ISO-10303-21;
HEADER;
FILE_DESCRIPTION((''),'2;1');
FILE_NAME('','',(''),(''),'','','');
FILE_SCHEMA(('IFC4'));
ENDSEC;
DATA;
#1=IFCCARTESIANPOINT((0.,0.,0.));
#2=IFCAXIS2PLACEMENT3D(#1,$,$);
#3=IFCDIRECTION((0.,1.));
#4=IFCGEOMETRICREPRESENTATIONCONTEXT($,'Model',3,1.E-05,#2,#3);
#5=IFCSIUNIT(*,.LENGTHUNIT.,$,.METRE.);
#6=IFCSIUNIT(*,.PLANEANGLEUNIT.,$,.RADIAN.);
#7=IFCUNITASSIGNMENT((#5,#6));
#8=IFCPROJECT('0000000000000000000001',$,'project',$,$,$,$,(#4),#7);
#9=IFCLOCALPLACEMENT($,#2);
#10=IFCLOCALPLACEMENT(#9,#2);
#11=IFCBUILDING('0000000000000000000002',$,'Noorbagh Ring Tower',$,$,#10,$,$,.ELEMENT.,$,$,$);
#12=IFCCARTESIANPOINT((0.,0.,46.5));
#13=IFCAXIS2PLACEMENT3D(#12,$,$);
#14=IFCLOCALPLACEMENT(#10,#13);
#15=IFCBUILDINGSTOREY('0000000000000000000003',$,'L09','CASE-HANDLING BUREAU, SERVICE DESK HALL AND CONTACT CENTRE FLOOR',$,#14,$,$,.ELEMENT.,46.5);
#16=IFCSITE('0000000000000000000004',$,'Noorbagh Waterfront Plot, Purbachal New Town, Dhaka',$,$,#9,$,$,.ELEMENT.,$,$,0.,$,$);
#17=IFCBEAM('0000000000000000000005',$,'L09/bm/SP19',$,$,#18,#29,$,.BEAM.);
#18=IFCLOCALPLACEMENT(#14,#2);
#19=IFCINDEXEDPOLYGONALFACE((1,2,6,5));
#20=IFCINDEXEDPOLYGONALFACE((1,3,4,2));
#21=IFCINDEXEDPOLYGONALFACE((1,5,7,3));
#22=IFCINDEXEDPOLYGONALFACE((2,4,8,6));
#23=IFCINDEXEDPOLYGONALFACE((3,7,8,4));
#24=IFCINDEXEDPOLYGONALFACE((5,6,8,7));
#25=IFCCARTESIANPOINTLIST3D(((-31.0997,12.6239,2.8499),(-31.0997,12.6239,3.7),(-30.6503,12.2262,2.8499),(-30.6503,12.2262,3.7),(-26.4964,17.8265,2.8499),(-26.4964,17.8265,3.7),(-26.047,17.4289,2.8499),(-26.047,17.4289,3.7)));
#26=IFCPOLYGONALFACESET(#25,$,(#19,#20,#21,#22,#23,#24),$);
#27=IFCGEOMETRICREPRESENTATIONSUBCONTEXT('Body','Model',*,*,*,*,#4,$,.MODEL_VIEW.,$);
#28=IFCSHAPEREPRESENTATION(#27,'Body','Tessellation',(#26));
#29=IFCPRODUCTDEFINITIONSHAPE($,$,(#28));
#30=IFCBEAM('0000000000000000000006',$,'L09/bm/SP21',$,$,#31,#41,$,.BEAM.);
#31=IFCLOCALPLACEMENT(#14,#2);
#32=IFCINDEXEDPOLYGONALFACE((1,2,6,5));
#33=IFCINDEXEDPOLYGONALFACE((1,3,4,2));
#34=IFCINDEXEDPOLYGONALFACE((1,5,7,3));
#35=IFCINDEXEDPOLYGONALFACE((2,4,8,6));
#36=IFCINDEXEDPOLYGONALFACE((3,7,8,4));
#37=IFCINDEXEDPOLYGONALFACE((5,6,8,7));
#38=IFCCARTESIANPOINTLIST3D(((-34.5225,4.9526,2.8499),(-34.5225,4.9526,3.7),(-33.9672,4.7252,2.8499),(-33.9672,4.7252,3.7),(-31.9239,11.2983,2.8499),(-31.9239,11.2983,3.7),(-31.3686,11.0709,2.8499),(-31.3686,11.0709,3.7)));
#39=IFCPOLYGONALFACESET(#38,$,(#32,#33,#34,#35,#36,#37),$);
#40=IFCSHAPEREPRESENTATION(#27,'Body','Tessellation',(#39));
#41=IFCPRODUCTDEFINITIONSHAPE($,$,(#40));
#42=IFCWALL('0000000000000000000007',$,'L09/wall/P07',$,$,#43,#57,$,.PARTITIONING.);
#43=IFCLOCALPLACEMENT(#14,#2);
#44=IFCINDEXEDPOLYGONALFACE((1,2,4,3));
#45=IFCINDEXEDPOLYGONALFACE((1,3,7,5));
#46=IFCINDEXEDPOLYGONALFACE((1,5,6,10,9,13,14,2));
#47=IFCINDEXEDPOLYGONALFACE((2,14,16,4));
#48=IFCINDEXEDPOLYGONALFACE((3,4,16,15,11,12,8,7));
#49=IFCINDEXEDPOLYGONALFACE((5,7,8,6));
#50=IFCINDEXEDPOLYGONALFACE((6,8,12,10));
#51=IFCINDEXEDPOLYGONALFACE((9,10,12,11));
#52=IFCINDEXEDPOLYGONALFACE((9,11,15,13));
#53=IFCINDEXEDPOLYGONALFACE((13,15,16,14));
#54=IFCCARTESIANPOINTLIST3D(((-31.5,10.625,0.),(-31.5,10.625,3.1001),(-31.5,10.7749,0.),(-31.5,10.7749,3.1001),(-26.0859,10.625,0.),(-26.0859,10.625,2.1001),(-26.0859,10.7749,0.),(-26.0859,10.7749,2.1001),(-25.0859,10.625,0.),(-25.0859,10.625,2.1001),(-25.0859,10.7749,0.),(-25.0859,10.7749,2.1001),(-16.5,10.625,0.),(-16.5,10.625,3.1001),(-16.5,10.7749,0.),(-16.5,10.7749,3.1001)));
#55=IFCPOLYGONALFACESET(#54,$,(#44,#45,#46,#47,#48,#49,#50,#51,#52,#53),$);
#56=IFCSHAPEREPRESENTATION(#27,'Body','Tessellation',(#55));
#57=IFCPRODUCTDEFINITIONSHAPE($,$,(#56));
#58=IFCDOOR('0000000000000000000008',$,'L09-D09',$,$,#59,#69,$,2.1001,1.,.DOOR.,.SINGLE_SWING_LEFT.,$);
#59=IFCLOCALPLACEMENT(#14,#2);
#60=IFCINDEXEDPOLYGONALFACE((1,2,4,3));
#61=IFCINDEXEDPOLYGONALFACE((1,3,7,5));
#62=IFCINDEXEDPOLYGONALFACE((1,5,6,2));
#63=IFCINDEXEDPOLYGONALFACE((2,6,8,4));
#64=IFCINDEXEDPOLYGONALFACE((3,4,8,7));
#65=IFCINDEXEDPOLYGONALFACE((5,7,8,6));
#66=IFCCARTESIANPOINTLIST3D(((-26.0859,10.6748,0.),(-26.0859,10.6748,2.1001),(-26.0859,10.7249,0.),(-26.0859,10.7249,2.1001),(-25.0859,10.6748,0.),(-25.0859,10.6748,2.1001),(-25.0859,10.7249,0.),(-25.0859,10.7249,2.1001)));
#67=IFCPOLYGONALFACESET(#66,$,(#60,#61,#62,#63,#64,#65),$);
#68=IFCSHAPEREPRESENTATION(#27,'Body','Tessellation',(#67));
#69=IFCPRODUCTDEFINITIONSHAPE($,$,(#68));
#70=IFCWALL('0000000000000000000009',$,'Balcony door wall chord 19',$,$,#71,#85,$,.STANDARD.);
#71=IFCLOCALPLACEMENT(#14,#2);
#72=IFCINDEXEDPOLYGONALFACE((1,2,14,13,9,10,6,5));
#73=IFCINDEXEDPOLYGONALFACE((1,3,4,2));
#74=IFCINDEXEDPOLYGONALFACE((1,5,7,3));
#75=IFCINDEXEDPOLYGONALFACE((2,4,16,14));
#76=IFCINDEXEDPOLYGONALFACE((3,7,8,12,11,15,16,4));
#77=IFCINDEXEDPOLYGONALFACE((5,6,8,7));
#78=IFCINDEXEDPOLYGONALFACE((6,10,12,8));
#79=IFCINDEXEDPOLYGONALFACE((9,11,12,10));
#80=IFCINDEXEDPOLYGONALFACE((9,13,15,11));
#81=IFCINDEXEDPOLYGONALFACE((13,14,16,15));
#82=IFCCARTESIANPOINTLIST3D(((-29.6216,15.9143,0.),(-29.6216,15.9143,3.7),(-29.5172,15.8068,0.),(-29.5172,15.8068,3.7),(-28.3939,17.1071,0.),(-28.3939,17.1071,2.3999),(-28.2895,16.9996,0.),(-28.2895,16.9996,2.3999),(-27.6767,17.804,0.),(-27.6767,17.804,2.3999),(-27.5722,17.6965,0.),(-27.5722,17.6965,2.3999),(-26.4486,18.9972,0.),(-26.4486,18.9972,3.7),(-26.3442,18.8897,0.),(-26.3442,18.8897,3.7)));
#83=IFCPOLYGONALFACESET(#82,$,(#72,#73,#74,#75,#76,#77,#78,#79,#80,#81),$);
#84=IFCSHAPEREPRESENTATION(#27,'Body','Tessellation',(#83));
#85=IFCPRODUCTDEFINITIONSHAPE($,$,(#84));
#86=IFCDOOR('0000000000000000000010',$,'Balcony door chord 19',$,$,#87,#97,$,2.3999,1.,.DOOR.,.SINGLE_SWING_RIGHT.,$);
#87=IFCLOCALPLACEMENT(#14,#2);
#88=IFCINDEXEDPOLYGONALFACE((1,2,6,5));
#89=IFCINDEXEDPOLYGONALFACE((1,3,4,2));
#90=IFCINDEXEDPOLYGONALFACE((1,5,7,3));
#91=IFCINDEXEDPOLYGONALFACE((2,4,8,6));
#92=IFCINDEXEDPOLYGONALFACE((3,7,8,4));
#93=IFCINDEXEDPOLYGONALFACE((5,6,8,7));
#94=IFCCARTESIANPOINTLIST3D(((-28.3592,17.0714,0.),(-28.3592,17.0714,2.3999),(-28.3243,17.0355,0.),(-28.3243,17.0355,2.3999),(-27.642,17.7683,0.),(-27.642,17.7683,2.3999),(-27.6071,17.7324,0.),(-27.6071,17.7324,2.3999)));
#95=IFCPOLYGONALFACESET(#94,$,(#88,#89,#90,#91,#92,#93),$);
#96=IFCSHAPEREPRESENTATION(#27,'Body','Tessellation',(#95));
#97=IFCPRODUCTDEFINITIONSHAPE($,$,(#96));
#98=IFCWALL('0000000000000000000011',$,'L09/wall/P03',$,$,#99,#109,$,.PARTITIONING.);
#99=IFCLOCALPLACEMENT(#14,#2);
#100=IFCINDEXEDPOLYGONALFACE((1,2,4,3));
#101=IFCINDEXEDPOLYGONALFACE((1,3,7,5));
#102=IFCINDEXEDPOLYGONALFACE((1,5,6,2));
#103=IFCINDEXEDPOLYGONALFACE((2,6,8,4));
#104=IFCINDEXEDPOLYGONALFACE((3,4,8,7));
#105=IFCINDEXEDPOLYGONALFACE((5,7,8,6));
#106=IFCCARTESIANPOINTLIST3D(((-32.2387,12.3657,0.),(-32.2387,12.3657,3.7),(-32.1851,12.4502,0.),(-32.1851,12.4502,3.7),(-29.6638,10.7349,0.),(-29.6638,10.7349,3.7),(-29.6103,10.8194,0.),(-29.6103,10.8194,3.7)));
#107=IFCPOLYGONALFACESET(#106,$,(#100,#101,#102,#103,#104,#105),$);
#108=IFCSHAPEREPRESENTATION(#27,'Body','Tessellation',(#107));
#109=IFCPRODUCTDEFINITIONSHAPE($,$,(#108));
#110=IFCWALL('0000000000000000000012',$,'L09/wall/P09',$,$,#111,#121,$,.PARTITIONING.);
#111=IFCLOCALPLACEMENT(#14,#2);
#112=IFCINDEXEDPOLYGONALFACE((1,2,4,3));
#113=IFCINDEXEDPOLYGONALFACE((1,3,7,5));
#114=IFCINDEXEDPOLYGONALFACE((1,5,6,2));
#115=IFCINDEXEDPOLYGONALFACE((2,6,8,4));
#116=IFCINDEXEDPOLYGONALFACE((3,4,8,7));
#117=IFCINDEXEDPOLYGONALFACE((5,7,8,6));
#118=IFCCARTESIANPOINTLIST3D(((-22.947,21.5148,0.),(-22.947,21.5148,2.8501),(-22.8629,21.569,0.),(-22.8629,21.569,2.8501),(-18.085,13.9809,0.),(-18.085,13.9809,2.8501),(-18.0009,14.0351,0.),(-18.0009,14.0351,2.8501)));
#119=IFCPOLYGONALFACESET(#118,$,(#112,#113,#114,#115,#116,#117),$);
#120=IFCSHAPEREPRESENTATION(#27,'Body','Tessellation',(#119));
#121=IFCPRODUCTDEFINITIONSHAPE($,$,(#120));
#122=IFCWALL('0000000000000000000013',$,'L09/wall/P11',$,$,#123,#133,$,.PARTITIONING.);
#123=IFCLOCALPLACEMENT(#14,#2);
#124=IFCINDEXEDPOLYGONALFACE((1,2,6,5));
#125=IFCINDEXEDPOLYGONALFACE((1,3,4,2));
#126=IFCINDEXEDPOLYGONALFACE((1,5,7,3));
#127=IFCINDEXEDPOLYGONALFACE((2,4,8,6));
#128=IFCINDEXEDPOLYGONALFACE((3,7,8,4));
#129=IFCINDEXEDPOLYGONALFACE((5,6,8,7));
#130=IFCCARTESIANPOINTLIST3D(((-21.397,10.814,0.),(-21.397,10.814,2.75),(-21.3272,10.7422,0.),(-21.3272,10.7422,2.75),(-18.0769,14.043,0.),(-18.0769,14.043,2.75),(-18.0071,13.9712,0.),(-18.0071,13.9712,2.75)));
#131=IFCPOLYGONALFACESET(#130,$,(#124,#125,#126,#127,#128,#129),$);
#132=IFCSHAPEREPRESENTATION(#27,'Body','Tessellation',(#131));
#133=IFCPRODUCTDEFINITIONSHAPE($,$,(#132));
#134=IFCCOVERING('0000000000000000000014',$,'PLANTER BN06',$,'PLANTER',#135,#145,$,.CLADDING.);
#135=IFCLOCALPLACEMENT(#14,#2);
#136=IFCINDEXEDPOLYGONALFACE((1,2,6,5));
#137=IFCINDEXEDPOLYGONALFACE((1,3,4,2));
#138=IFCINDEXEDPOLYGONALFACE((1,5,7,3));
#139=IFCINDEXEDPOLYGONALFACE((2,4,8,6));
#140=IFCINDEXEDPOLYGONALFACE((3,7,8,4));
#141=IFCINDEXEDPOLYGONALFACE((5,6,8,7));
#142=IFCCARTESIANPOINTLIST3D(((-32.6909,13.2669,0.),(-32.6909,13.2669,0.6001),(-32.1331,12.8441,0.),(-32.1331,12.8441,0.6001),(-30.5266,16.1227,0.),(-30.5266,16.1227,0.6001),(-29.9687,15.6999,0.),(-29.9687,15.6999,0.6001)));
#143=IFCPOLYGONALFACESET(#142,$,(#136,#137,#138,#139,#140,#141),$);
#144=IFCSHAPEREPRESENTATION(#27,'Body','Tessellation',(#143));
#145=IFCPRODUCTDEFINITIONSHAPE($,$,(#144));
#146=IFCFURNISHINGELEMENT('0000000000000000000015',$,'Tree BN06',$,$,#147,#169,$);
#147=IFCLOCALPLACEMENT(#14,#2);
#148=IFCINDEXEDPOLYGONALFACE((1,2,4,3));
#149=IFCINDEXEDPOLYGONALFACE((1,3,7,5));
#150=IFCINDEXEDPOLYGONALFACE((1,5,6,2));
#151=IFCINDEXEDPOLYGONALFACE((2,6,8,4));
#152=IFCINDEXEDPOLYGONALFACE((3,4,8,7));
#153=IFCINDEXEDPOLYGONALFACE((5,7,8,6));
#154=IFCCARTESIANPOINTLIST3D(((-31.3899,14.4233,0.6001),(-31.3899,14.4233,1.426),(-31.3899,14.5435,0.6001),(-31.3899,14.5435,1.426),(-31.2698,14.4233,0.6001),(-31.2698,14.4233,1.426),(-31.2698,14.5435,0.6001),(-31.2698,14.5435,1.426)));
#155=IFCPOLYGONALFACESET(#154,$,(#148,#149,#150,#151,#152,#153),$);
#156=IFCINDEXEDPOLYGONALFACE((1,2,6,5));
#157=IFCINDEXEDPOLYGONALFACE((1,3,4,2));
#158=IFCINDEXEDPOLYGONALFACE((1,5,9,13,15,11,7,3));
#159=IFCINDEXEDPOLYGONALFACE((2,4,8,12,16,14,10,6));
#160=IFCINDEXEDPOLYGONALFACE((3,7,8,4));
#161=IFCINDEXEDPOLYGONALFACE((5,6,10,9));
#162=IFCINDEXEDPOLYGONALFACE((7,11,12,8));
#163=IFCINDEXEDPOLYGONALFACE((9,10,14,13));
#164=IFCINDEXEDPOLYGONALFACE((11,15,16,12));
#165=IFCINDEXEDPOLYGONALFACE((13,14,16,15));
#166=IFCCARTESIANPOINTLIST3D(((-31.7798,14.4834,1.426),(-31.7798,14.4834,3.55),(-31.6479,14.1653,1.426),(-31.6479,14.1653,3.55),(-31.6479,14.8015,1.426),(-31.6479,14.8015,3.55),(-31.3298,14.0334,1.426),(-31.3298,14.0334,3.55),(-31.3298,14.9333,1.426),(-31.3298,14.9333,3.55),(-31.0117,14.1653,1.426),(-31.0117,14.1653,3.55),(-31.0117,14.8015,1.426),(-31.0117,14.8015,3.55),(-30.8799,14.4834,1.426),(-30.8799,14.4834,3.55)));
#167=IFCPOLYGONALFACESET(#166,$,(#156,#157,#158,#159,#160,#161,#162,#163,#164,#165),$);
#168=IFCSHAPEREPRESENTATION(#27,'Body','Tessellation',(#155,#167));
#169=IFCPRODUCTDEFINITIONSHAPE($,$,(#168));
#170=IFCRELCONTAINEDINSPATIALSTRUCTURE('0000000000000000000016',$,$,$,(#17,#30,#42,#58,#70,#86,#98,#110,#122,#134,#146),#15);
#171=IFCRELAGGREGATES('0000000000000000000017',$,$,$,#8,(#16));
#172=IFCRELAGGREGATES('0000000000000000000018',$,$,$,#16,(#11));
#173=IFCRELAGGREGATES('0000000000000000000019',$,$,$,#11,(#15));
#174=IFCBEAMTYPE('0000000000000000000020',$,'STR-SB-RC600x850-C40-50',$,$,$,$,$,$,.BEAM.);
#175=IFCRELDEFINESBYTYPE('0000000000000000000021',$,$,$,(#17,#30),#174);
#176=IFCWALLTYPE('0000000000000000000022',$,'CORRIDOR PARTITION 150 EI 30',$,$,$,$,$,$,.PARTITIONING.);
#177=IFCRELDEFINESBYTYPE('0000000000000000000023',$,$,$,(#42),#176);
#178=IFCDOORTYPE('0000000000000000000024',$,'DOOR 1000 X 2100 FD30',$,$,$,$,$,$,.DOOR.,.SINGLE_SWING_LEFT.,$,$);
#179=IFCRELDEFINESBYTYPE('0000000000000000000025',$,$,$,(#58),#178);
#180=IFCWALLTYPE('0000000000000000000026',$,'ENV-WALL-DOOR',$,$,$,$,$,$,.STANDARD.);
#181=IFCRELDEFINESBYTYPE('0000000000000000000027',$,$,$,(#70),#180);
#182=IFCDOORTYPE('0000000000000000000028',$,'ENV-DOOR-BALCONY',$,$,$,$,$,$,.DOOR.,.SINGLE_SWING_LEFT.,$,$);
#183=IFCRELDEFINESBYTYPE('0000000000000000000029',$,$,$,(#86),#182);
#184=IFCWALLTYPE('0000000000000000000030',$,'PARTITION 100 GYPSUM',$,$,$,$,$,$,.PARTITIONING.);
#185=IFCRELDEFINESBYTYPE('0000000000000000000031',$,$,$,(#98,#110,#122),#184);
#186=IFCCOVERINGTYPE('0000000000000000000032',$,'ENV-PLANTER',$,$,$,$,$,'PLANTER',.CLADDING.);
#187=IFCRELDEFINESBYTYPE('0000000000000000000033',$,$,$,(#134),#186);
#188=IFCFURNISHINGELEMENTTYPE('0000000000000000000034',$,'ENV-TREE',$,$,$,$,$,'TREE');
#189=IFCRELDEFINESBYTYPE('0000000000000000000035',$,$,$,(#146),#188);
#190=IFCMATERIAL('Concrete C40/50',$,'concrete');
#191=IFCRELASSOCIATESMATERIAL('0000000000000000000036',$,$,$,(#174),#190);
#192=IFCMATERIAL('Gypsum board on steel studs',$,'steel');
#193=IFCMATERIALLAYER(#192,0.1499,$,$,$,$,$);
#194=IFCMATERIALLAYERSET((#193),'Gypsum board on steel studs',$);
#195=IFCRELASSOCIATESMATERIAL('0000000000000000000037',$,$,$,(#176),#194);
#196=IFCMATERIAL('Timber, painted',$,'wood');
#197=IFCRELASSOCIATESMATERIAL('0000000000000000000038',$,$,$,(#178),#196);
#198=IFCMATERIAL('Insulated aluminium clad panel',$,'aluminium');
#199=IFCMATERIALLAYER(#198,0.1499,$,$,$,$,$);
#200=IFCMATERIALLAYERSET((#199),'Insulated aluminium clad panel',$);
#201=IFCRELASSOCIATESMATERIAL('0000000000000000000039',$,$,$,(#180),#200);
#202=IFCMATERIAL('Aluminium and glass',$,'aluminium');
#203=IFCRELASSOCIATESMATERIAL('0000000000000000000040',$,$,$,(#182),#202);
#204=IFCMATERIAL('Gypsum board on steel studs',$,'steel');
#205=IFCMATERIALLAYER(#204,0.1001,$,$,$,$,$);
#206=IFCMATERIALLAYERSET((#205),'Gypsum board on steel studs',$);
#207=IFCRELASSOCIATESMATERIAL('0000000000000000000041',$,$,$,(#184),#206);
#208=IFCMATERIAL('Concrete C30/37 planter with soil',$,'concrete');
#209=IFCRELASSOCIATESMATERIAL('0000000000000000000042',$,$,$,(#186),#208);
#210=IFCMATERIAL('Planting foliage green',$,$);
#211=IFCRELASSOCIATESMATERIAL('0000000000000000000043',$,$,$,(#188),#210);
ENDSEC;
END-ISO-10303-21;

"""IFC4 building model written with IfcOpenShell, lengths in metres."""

from ifc_helpers import new_model, si_unit, direction, frame, frame_2d, origin, origin_2d, place, context, subcontext, project, spatial, polyline, rectangle, outline, extrude, material, layer, layer_set, material_profile, profile_set, type_object, element, fill, save


model = new_model("IFC4")

# Units and contexts
model_context = context("Model", 3, precision=1e-05, world=origin(), true_north=direction((0.0, 1.0)))
body_context = subcontext(model_context, "Body", "Model", "MODEL_VIEW")
ifc_project = project(units=[si_unit("LENGTHUNIT", "METRE"), si_unit("PLANEANGLEUNIT", "RADIAN")], contexts=[model_context])

# Site, building, storey
site_placement = place(None, origin())
site = spatial("IfcSite", under=ifc_project, at=site_placement, Name="Noorbagh Waterfront Plot, Purbachal New Town, Dhaka", CompositionType="ELEMENT", RefElevation=0.0)
building_placement = place(site_placement, origin())
building = spatial("IfcBuilding", under=site, at=building_placement, Name="Noorbagh Ring Tower", CompositionType="ELEMENT")
storey_placement = place(building_placement, frame((0.0, 0.0, 46.5)))
storey = spatial("IfcBuildingStorey", under=building, at=storey_placement, Name="L09", Description="CASE-HANDLING BUREAU, SERVICE DESK HALL AND CONTACT CENTRE FLOOR", CompositionType="ELEMENT", Elevation=46.5)

# Beams
ifc_material_1 = material(Name="Concrete C40/50", Category="concrete")
ifc_material_profile_1 = material_profile(ifc_material_1, rectangle(XDim=0.6001, YDim=0.8501, at=origin_2d()), Name="RC600x850")
ifc_profile_set_1 = profile_set([ifc_material_profile_1], Name="Concrete C40/50")
beam_type_1 = type_object("IfcBeamType", Name="STR-SB-RC600x850-C40-50", PredefinedType="BEAM", material=ifc_profile_set_1)
beam_1_placement = place(storey_placement, frame((-26.2717, 17.6277, 3.2749), z_axis=(-0.66265, -0.748929, 0.0), x_axis=(0.748929, -0.66265, 0.0)))
element("IfcBeam", 1, at=beam_1_placement, inside=storey, type_object=beam_type_1, Name="L09/bm/SP19", PredefinedType="BEAM", context=body_context, shape_type="SweptSolid", body=[
    extrude(rectangle(XDim=0.6001, YDim=0.8501, at=origin_2d()), origin(), (0.0, 0.0, 1.0), 6.9468),
])
beam_2_placement = place(storey_placement, frame((-31.6462, 11.1846, 3.2749), z_axis=(-0.378966, -0.925411, 0.0), x_axis=(0.925411, -0.378966, 0.0)))
element("IfcBeam", 2, at=beam_2_placement, inside=storey, type_object=beam_type_1, Name="L09/bm/SP21", PredefinedType="BEAM", context=body_context, shape_type="SweptSolid", body=[
    extrude(rectangle(XDim=0.6001, YDim=0.8501, at=origin_2d()), origin(), (0.0, 0.0, 1.0), 6.8572),
])

# Walls, openings, doors
ifc_material_2 = material(Name="Gypsum board on steel studs", Category="steel")
ifc_layer_1 = layer(ifc_material_2, 0.1499)
ifc_layer_set_1 = layer_set([ifc_layer_1], Name="Gypsum board on steel studs")
wall_type_1 = type_object("IfcWallType", Name="CORRIDOR PARTITION 150 EI 30", PredefinedType="PARTITIONING", material=ifc_layer_set_1)
wall_1_placement = place(storey_placement, frame((-31.5, 10.7, 0.0), z_axis=(0.0, 0.0, 1.0), x_axis=(1.0, 0.0, 0.0)))
wall_1 = element("IfcWall", 3, at=wall_1_placement, inside=storey, type_object=wall_type_1, Name="L09/wall/P07", PredefinedType="PARTITIONING", context=body_context, shape_type="SweptSolid", body=[
    extrude(rectangle(XDim=15.0, YDim=0.1499, at=frame_2d((7.5, 0.0))), origin(), (0.0, 0.0, 1.0), 3.1001),
])
opening_1_placement = place(wall_1_placement, frame((5.4141, 0.0, 0.0)))
opening_1 = element("IfcOpeningElement", 4, at=opening_1_placement, cuts=wall_1, PredefinedType="OPENING", context=body_context, shape_type="SweptSolid", body=[
    extrude(rectangle(XDim=1.0, YDim=2.1001, at=frame_2d((0.5, 1.05))), frame((0.0, 0.085, 0.0), z_axis=(0.0, -1.0, 0.0), x_axis=(1.0, 0.0, 0.0)), (0.0, 0.0, 1.0), 0.1699),
])
ifc_material_3 = material(Name="Timber, painted", Category="wood")
door_type_1 = type_object("IfcDoorType", Name="DOOR 1000 X 2100 FD30", OperationType="SINGLE_SWING_LEFT", PredefinedType="DOOR", material=ifc_material_3)
door_1_placement = place(opening_1_placement, origin())
door_1 = element("IfcDoor", 5, at=door_1_placement, inside=storey, type_object=door_type_1, Name="L09-D09", OperationType="SINGLE_SWING_LEFT", OverallHeight=2.1001, OverallWidth=1.0, PredefinedType="DOOR", context=body_context, shape_type="SweptSolid", body=[
    extrude(rectangle(XDim=1.0, YDim=2.1001, at=frame_2d((0.5, 1.05))), frame((0.0, 0.0249, 0.0), z_axis=(0.0, -1.0, 0.0), x_axis=(1.0, 0.0, 0.0)), (0.0, 0.0, 1.0), 0.05),
])
fill(opening_1, door_1)
ifc_material_4 = material(Name="Insulated aluminium clad panel", Category="aluminium")
ifc_layer_2 = layer(ifc_material_4, 0.1499)
ifc_layer_set_2 = layer_set([ifc_layer_2], Name="Insulated aluminium clad panel")
wall_type_2 = type_object("IfcWallType", Name="ENV-WALL-DOOR", PredefinedType="STANDARD", material=ifc_layer_set_2)
wall_2_placement = place(storey_placement, frame((-26.3965, 18.9434, 0.0), z_axis=(0.0, 0.0, 1.0), x_axis=(-0.717215, -0.696852, 0.0)))
wall_2 = element("IfcWall", 6, at=wall_2_placement, inside=storey, type_object=wall_type_2, Name="Balcony door wall chord 19", PredefinedType="STANDARD", context=body_context, shape_type="SweptSolid", body=[
    extrude(rectangle(XDim=4.4241, YDim=0.1499, at=frame_2d((2.2119, 0.0))), origin(), (0.0, 0.0, 1.0), 3.7),
])
opening_2_placement = place(wall_2_placement, frame((1.7122, 0.0, 0.0)))
opening_2 = element("IfcOpeningElement", 7, at=opening_2_placement, cuts=wall_2, PredefinedType="OPENING", context=body_context, shape_type="SweptSolid", body=[
    extrude(rectangle(XDim=1.0, YDim=2.3999, at=frame_2d((0.5, 1.2))), frame((0.0, 0.085, 0.0), z_axis=(0.0, -1.0, 0.0), x_axis=(1.0, 0.0, 0.0)), (0.0, 0.0, 1.0), 0.1699),
])
ifc_material_5 = material(Name="Aluminium and glass", Category="aluminium")
door_type_2 = type_object("IfcDoorType", Name="ENV-DOOR-BALCONY", OperationType="SINGLE_SWING_LEFT", PredefinedType="DOOR", material=ifc_material_5)
door_2_placement = place(opening_2_placement, origin())
door_2 = element("IfcDoor", 8, at=door_2_placement, inside=storey, type_object=door_type_2, Name="Balcony door chord 19", OperationType="SINGLE_SWING_RIGHT", OverallHeight=2.3999, OverallWidth=1.0, PredefinedType="DOOR", context=body_context, shape_type="SweptSolid", body=[
    extrude(rectangle(XDim=1.0, YDim=2.3999, at=frame_2d((0.5, 1.2))), frame((0.0, 0.0249, 0.0), z_axis=(0.0, -1.0, 0.0), x_axis=(1.0, 0.0, 0.0)), (0.0, 0.0, 1.0), 0.05),
])
fill(opening_2, door_2)

# Walls
ifc_material_6 = material(Name="Gypsum board on steel studs", Category="steel")
ifc_layer_3 = layer(ifc_material_6, 0.1001)
ifc_layer_set_3 = layer_set([ifc_layer_3], Name="Gypsum board on steel studs")
wall_type_3 = type_object("IfcWallType", Name="PARTITION 100 GYPSUM", PredefinedType="PARTITIONING", material=ifc_layer_set_3)
wall_3_placement = place(storey_placement, frame((-32.2119, 12.408, 0.0), z_axis=(0.0, 0.0, 1.0), x_axis=(0.844811, -0.535065, 0.0)))
element("IfcWall", 9, at=wall_3_placement, inside=storey, type_object=wall_type_3, Name="L09/wall/P03", PredefinedType="PARTITIONING", context=body_context, shape_type="SweptSolid", body=[
    extrude(rectangle(XDim=3.0479, YDim=0.1001, at=frame_2d((1.5239, 0.0))), origin(), (0.0, 0.0, 1.0), 3.7),
])
wall_4_placement = place(storey_placement, frame((-22.905, 21.542, 0.0), z_axis=(0.0, 0.0, 1.0), x_axis=(0.542242, -0.840223, 0.0)))
element("IfcWall", 10, at=wall_4_placement, inside=storey, type_object=wall_type_3, Name="L09/wall/P09", PredefinedType="PARTITIONING", context=body_context, shape_type="SweptSolid", body=[
    extrude(rectangle(XDim=8.9666, YDim=0.1001, at=frame_2d((4.4834, 0.0))), origin(), (0.0, 0.0, 1.0), 2.8501),
])
wall_5_placement = place(storey_placement, frame((-21.3621, 10.7781, 0.0), z_axis=(0.0, 0.0, 1.0), x_axis=(0.71687, 0.697207, 0.0)))
element("IfcWall", 11, at=wall_5_placement, inside=storey, type_object=wall_type_3, Name="L09/wall/P11", PredefinedType="PARTITIONING", context=body_context, shape_type="SweptSolid", body=[
    extrude(rectangle(XDim=4.6313, YDim=0.1001, at=frame_2d((2.3157, 0.0))), origin(), (0.0, 0.0, 1.0), 2.75),
])

# Covering
ifc_material_7 = material(Name="Concrete C30/37 planter with soil", Category="concrete")
covering_type = type_object("IfcCoveringType", Name="ENV-PLANTER", ElementType="PLANTER", PredefinedType="CLADDING", material=ifc_material_7)
covering_placement = place(storey_placement, frame((-31.3298, 14.4834, 0.0), z_axis=(0.0, 0.0, 1.0), x_axis=(-0.60402, -0.796969, 0.0)))
element("IfcCovering", 12, at=covering_placement, inside=storey, type_object=covering_type, Name="PLANTER BN06", ObjectType="PLANTER", PredefinedType="CLADDING", context=body_context, shape_type="SweptSolid", body=[
    extrude(rectangle(XDim=3.5833, YDim=0.7, at=origin_2d()), origin(), (0.0, 0.0, 1.0), 0.6001),
])

# Furnishing element
ifc_material_8 = material(Name="Planting foliage green")
furnishing_element_type = type_object("IfcFurnishingElementType", Name="ENV-TREE", ElementType="TREE", material=ifc_material_8)
furnishing_placement = place(storey_placement, frame((-31.3298, 14.4834, 0.6001), z_axis=(0.0, 0.0, 1.0), x_axis=(1.0, 0.0, 0.0)))
element("IfcFurnishingElement", 13, at=furnishing_placement, inside=storey, type_object=furnishing_element_type, Name="Tree BN06", context=body_context, shape_type="SweptSolid", body=[
    extrude(rectangle(XDim=0.1201, YDim=0.1201, at=origin_2d()), origin(), (0.0, 0.0, 1.0), 0.8259),
    extrude(outline(polyline([(0.45, 0.0), (0.3181, 0.3181), (0.0, 0.45), (-0.3181, 0.3181), (-0.45, 0.0), (-0.3181, -0.3181), (0.0, -0.45), (0.3181, -0.3181), (0.45, 0.0)])), frame((0.0, 0.0, 0.8259)), (0.0, 0.0, 1.0), 2.124),
])

save(model, "model.ifc")
